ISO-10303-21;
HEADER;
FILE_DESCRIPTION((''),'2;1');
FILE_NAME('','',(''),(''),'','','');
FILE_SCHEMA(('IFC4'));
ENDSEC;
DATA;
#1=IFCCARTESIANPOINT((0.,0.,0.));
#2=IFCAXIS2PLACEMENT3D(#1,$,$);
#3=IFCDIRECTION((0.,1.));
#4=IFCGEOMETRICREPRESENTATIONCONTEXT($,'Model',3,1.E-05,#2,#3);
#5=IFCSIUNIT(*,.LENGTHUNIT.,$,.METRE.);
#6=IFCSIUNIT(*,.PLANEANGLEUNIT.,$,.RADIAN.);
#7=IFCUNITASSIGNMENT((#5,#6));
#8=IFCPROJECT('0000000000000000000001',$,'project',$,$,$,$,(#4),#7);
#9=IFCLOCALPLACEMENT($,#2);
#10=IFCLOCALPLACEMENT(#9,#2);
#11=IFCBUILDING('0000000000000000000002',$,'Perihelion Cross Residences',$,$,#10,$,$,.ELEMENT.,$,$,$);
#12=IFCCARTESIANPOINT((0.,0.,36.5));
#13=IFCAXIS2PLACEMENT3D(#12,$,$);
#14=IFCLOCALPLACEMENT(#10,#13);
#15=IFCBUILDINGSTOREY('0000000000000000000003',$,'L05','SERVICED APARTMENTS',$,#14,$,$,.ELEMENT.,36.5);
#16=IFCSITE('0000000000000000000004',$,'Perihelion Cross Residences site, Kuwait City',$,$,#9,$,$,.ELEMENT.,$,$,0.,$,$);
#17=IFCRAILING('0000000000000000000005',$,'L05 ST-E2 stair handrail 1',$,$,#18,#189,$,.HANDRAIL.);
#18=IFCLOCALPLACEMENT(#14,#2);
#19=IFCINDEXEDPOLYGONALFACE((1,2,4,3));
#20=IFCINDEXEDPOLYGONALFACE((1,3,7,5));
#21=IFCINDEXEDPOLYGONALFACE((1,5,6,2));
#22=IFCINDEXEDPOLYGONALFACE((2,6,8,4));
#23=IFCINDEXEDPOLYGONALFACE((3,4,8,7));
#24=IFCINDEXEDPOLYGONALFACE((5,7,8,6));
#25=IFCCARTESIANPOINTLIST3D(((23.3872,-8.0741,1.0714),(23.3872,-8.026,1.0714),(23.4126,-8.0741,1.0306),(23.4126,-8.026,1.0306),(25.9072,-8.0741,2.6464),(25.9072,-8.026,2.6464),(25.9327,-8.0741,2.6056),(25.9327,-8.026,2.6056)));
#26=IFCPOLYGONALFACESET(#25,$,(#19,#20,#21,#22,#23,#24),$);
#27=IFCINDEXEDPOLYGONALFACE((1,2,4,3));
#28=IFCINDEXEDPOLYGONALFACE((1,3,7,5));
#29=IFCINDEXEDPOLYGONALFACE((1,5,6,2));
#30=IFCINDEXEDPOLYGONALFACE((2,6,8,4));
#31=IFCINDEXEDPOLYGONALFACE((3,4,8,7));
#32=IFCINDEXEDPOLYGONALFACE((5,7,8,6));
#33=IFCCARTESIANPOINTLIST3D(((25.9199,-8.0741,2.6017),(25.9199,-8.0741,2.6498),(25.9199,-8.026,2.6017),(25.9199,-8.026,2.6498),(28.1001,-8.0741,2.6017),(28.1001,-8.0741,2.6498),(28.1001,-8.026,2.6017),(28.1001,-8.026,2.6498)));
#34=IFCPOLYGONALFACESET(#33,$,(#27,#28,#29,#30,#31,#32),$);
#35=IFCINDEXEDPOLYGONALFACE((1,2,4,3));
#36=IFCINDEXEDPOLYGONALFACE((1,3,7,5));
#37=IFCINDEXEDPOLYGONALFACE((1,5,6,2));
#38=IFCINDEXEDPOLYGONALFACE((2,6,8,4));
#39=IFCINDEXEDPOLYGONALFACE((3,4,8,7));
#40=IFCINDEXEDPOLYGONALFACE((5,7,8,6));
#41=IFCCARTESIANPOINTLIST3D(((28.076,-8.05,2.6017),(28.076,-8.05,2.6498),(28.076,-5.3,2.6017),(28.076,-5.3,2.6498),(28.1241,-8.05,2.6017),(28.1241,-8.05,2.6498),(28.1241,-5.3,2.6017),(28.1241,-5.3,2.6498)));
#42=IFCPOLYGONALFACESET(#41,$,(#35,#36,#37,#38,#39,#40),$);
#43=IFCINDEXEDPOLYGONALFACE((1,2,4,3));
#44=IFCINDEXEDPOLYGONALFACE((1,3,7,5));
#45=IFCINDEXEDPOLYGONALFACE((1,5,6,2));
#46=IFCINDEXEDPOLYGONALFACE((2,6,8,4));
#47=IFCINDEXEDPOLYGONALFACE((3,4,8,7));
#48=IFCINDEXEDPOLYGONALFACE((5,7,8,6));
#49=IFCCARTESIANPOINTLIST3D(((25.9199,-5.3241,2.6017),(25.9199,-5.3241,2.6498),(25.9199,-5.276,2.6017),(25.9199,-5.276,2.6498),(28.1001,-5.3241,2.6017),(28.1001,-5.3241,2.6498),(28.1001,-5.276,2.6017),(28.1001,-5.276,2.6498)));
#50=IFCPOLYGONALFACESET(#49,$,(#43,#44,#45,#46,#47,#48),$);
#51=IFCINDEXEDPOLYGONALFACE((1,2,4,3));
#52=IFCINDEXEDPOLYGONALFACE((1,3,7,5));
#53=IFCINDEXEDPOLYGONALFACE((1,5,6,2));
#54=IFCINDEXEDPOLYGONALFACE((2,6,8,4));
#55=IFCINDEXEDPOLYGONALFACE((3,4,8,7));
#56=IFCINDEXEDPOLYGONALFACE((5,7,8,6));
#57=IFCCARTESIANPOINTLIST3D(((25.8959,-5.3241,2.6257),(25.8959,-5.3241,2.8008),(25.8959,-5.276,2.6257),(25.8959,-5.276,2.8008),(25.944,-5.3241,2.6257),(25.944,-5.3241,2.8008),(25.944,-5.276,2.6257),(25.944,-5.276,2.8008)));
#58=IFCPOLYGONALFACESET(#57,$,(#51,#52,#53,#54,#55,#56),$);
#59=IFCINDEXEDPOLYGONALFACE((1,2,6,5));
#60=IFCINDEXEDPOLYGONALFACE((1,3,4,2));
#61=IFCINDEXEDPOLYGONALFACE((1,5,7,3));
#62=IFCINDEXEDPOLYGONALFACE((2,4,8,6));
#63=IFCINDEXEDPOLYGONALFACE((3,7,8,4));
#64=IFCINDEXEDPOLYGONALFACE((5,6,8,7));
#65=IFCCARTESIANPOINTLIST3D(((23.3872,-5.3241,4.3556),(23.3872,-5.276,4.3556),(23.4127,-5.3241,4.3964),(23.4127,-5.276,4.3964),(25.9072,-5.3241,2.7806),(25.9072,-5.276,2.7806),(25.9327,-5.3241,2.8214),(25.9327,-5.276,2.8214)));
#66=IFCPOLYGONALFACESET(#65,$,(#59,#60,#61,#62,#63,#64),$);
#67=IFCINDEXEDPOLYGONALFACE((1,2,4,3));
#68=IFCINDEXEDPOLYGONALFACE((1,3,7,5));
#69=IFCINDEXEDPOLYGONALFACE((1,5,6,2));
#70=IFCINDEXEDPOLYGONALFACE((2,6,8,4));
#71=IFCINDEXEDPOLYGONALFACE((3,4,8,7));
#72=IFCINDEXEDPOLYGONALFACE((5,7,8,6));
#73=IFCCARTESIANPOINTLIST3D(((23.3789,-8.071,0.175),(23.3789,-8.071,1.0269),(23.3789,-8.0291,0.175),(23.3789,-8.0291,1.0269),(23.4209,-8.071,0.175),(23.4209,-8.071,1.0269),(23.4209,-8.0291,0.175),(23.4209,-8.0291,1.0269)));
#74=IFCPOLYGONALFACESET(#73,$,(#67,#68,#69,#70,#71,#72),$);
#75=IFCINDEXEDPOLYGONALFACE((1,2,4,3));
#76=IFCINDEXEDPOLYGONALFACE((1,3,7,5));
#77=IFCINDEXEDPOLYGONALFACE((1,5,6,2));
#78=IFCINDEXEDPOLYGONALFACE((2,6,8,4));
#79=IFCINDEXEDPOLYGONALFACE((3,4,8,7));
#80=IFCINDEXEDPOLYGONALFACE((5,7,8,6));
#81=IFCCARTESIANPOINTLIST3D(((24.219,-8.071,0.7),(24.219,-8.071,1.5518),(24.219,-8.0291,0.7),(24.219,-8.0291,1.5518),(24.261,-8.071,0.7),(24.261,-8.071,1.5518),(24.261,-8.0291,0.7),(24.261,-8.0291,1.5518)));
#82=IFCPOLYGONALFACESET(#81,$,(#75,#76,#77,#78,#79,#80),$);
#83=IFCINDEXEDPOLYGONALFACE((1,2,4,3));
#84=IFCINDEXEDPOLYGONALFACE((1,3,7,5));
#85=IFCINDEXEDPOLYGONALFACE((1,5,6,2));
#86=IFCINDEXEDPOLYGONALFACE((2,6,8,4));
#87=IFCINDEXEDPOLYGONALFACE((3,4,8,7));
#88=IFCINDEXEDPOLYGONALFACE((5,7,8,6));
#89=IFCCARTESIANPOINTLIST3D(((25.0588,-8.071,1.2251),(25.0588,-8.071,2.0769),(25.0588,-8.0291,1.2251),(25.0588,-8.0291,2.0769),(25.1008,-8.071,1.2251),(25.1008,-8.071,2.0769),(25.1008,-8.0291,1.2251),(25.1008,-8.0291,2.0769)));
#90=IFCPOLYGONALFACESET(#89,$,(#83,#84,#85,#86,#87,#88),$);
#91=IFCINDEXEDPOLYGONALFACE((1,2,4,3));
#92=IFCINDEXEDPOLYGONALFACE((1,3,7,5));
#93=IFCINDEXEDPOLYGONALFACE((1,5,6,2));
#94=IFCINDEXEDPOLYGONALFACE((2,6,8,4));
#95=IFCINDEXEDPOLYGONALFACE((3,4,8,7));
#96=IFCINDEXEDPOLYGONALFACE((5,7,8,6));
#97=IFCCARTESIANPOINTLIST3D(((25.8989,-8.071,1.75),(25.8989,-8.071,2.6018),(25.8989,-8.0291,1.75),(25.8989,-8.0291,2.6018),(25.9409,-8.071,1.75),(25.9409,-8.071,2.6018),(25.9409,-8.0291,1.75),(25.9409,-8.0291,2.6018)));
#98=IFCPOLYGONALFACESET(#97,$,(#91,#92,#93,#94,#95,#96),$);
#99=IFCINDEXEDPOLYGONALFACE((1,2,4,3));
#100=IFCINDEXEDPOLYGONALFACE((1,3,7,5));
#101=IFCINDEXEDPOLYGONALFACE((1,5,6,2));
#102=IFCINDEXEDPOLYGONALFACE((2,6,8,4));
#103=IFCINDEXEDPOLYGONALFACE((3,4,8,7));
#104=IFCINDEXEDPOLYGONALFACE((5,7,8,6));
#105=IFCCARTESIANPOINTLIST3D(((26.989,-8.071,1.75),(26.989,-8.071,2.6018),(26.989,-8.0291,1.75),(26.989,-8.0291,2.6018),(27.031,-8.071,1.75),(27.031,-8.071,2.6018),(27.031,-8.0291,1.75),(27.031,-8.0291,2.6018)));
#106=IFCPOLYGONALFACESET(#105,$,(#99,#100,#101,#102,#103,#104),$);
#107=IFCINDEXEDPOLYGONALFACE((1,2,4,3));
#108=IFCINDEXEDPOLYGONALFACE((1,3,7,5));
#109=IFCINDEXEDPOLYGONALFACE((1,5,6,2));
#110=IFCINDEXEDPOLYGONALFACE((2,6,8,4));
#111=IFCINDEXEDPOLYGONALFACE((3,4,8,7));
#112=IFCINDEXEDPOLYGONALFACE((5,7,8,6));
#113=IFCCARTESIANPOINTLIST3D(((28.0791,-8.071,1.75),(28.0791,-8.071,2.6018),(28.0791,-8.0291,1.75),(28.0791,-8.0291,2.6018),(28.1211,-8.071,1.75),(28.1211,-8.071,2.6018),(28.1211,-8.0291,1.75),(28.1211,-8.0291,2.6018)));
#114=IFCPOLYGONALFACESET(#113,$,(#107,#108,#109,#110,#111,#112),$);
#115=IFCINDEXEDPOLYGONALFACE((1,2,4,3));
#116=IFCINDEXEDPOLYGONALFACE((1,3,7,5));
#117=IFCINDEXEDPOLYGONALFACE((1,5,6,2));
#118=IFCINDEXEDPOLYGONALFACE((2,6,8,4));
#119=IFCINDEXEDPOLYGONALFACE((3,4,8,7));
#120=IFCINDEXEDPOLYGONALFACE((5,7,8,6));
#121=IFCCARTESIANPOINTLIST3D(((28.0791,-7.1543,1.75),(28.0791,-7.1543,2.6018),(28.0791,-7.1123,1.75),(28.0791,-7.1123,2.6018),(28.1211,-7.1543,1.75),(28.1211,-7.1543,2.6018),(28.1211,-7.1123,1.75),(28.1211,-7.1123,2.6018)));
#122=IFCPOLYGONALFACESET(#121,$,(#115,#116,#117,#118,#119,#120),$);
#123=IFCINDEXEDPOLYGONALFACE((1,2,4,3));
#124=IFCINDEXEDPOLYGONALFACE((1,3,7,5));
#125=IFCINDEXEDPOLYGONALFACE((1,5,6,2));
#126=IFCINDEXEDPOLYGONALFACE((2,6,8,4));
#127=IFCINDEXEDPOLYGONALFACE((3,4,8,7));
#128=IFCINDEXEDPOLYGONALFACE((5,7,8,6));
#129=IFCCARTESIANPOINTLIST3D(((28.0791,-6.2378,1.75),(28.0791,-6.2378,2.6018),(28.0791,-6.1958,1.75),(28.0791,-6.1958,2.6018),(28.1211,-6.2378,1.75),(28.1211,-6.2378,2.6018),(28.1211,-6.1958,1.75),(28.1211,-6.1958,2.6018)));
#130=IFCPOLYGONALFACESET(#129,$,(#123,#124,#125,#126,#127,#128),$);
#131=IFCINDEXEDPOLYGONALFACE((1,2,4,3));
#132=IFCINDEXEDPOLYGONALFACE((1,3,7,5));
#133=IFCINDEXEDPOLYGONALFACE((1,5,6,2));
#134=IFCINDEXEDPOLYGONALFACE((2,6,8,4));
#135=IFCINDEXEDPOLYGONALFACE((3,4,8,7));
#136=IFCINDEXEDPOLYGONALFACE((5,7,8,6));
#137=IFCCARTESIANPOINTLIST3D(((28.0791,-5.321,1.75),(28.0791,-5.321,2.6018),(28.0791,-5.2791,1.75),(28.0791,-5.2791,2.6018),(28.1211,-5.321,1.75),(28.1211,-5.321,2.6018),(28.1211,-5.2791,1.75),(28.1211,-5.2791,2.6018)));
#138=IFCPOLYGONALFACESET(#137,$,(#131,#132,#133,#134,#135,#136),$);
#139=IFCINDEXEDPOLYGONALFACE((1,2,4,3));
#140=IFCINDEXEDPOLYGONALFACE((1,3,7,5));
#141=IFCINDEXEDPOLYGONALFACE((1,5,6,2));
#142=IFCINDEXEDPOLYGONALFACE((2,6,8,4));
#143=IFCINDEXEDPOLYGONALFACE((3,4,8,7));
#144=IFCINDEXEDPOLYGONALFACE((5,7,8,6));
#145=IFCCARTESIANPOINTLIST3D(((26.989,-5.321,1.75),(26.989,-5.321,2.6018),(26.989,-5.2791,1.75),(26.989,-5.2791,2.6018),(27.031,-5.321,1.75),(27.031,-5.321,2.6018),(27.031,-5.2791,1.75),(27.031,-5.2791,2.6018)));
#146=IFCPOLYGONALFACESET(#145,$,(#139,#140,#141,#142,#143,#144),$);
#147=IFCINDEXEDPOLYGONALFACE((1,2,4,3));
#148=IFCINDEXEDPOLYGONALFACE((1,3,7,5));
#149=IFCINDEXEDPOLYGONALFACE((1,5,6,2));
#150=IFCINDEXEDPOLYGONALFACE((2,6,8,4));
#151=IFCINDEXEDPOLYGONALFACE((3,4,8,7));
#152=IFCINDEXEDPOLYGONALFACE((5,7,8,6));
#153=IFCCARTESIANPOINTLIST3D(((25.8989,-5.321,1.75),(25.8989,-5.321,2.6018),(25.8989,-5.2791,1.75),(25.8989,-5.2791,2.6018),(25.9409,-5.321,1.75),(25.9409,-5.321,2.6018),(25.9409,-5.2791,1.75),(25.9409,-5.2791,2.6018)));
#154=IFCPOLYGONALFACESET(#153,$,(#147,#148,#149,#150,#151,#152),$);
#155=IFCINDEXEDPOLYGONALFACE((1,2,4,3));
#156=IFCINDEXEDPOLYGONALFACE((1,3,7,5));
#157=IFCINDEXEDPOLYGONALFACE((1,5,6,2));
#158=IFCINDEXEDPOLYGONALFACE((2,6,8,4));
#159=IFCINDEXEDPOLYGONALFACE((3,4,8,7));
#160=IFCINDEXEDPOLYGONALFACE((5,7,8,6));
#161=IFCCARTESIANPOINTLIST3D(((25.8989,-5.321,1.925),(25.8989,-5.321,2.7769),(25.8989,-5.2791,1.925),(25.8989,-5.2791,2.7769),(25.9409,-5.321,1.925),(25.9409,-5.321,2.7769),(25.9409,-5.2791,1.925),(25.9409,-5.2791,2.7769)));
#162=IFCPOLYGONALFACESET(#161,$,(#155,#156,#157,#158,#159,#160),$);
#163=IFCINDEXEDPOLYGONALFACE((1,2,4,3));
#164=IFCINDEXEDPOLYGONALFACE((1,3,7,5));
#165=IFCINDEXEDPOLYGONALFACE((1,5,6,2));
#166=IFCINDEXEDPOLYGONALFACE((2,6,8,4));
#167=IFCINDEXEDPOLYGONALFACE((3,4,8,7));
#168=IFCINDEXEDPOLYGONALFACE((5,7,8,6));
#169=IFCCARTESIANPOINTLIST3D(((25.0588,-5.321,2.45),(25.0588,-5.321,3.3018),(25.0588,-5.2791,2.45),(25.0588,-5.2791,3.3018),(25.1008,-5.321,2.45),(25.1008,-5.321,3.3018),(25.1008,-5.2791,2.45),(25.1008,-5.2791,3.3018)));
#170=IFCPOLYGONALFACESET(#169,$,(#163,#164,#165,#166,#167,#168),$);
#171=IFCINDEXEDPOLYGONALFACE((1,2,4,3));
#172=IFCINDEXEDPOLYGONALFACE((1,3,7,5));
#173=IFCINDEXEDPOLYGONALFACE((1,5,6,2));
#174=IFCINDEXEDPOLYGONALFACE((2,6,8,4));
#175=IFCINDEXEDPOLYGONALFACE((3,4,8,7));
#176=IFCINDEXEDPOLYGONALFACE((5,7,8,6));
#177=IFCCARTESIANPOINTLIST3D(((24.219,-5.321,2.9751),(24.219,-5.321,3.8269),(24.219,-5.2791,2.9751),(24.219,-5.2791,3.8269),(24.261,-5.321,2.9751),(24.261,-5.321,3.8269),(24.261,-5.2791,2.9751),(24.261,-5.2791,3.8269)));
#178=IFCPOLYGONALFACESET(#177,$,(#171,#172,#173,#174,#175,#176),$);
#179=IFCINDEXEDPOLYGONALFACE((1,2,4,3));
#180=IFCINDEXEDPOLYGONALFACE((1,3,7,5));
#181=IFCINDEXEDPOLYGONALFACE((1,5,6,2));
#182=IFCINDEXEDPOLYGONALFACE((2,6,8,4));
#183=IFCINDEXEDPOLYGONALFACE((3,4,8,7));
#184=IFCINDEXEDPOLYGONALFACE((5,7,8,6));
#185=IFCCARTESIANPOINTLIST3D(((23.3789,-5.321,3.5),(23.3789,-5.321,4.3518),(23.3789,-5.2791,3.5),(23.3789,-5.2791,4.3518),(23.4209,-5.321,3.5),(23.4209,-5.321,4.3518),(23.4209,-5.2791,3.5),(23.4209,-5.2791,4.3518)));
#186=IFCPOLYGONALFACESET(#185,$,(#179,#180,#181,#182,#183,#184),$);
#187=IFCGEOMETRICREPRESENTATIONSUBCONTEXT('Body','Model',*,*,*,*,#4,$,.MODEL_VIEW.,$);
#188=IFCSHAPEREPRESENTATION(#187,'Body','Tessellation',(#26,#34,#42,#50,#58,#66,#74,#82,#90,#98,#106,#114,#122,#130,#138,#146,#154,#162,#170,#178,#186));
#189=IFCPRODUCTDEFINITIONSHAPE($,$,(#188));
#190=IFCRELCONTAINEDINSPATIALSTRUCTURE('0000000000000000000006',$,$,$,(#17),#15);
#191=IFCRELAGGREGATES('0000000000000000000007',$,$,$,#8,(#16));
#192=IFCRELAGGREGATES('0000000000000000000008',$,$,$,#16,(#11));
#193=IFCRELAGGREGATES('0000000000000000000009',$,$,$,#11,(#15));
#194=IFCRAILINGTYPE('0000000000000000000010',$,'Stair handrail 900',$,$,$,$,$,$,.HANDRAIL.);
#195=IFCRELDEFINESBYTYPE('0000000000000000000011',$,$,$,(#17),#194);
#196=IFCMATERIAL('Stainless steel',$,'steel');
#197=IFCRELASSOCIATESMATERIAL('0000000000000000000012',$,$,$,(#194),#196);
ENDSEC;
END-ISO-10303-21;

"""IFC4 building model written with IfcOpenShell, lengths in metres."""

from ifc_helpers import new_model, si_unit, direction, frame, origin, origin_2d, place, context, subcontext, project, spatial, rectangle, extrude, material, type_object, element, save


model = new_model("IFC4")

# Units and contexts
model_context = context("Model", 3, precision=1e-05, world=origin(), true_north=direction((0.0, 1.0)))
body_context = subcontext(model_context, "Body", "Model", "MODEL_VIEW")
ifc_project = project(units=[si_unit("LENGTHUNIT", "METRE"), si_unit("PLANEANGLEUNIT", "RADIAN")], contexts=[model_context])

# Site, building, storey
site_placement = place(None, origin())
site = spatial("IfcSite", under=ifc_project, at=site_placement, Name="Perihelion Cross Residences site, Kuwait City", CompositionType="ELEMENT", RefElevation=0.0)
building_placement = place(site_placement, origin())
building = spatial("IfcBuilding", under=site, at=building_placement, Name="Perihelion Cross Residences", CompositionType="ELEMENT")
storey_placement = place(building_placement, frame((0.0, 0.0, 36.5)))
storey = spatial("IfcBuildingStorey", under=building, at=storey_placement, Name="L05", Description="SERVICED APARTMENTS", CompositionType="ELEMENT", Elevation=36.5)

# Railing
ifc_material_1 = material(Name="Stainless steel", Category="steel")
railing_type_1 = type_object("IfcRailingType", Name="Stair handrail 900", PredefinedType="HANDRAIL", material=ifc_material_1)
railing_1_placement = place(storey_placement, frame((23.3999, -8.05, 0.175)))
element("IfcRailing", 1, at=railing_1_placement, inside=storey, type_object=railing_type_1, Name="L05 ST-E2 stair handrail 1", PredefinedType="HANDRAIL", context=body_context, shape_type="SweptSolid", body=[
    extrude(rectangle(XDim=0.0481, YDim=0.0481, at=origin_2d()), frame((0.0, 0.0, 0.876), z_axis=(0.848008, 0.0, 0.529984), x_axis=(0.0, 1.0, 0.0)), (0.0, 0.0, 1.0), 2.9717),
    extrude(rectangle(XDim=0.0481, YDim=0.0481, at=origin_2d()), frame((2.52, 0.0, 2.4507), z_axis=(1.0, 0.0, 0.0), x_axis=(0.0, 1.0, 0.0)), (0.0, 0.0, 1.0), 2.1802),
    extrude(rectangle(XDim=0.0481, YDim=0.0481, at=origin_2d()), frame((4.7002, 0.0, 2.4507), z_axis=(0.0, 1.0, 0.0), x_axis=(-1.0, 0.0, 0.0)), (0.0, 0.0, 1.0), 2.75),
    extrude(rectangle(XDim=0.0481, YDim=0.0481, at=origin_2d()), frame((4.7002, 2.75, 2.4507), z_axis=(-1.0, 0.0, 0.0), x_axis=(0.0, -1.0, 0.0)), (0.0, 0.0, 1.0), 2.1802),
    extrude(rectangle(XDim=0.0481, YDim=0.0481, at=origin_2d()), frame((2.52, 2.75, 2.4507), z_axis=(0.0, 0.0, 1.0), x_axis=(1.0, 0.0, 0.0)), (0.0, 0.0, 1.0), 0.175),
    extrude(rectangle(XDim=0.0481, YDim=0.0481, at=origin_2d()), frame((2.52, 2.75, 2.626), z_axis=(-0.848008, 0.0, 0.529984), x_axis=(0.0, -1.0, 0.0)), (0.0, 0.0, 1.0), 2.9717),
    extrude(rectangle(XDim=0.042, YDim=0.042, at=origin_2d()), origin(), (0.0, 0.0, 1.0), 0.8518),
    extrude(rectangle(XDim=0.042, YDim=0.042, at=origin_2d()), frame((0.8401, 0.0, 0.5249)), (0.0, 0.0, 1.0), 0.8518),
    extrude(rectangle(XDim=0.042, YDim=0.042, at=origin_2d()), frame((1.6799, 0.0, 1.05)), (0.0, 0.0, 1.0), 0.8518),
    extrude(rectangle(XDim=0.042, YDim=0.042, at=origin_2d()), frame((2.52, 0.0, 1.575)), (0.0, 0.0, 1.0), 0.8518),
    extrude(rectangle(XDim=0.042, YDim=0.042, at=origin_2d()), frame((3.6101, 0.0, 1.575)), (0.0, 0.0, 1.0), 0.8518),
    extrude(rectangle(XDim=0.042, YDim=0.042, at=origin_2d()), frame((4.7002, 0.0, 1.575)), (0.0, 0.0, 1.0), 0.8518),
    extrude(rectangle(XDim=0.042, YDim=0.042, at=origin_2d()), frame((4.7002, 0.9167, 1.575)), (0.0, 0.0, 1.0), 0.8518),
    extrude(rectangle(XDim=0.042, YDim=0.042, at=origin_2d()), frame((4.7002, 1.8333, 1.575)), (0.0, 0.0, 1.0), 0.8518),
    extrude(rectangle(XDim=0.042, YDim=0.042, at=origin_2d()), frame((4.7002, 2.75, 1.575)), (0.0, 0.0, 1.0), 0.8518),
    extrude(rectangle(XDim=0.042, YDim=0.042, at=origin_2d()), frame((3.6101, 2.75, 1.575)), (0.0, 0.0, 1.0), 0.8518),
    extrude(rectangle(XDim=0.042, YDim=0.042, at=origin_2d()), frame((2.52, 2.75, 1.575)), (0.0, 0.0, 1.0), 0.8518),
    extrude(rectangle(XDim=0.042, YDim=0.042, at=origin_2d()), frame((2.52, 2.75, 1.75)), (0.0, 0.0, 1.0), 0.8518),
    extrude(rectangle(XDim=0.042, YDim=0.042, at=origin_2d()), frame((1.6799, 2.75, 2.2749)), (0.0, 0.0, 1.0), 0.8518),
    extrude(rectangle(XDim=0.042, YDim=0.042, at=origin_2d()), frame((0.8401, 2.75, 2.8)), (0.0, 0.0, 1.0), 0.8518),
    extrude(rectangle(XDim=0.042, YDim=0.042, at=origin_2d()), frame((0.0, 2.75, 3.325)), (0.0, 0.0, 1.0), 0.8518),
])

save(model, "model.ifc")
